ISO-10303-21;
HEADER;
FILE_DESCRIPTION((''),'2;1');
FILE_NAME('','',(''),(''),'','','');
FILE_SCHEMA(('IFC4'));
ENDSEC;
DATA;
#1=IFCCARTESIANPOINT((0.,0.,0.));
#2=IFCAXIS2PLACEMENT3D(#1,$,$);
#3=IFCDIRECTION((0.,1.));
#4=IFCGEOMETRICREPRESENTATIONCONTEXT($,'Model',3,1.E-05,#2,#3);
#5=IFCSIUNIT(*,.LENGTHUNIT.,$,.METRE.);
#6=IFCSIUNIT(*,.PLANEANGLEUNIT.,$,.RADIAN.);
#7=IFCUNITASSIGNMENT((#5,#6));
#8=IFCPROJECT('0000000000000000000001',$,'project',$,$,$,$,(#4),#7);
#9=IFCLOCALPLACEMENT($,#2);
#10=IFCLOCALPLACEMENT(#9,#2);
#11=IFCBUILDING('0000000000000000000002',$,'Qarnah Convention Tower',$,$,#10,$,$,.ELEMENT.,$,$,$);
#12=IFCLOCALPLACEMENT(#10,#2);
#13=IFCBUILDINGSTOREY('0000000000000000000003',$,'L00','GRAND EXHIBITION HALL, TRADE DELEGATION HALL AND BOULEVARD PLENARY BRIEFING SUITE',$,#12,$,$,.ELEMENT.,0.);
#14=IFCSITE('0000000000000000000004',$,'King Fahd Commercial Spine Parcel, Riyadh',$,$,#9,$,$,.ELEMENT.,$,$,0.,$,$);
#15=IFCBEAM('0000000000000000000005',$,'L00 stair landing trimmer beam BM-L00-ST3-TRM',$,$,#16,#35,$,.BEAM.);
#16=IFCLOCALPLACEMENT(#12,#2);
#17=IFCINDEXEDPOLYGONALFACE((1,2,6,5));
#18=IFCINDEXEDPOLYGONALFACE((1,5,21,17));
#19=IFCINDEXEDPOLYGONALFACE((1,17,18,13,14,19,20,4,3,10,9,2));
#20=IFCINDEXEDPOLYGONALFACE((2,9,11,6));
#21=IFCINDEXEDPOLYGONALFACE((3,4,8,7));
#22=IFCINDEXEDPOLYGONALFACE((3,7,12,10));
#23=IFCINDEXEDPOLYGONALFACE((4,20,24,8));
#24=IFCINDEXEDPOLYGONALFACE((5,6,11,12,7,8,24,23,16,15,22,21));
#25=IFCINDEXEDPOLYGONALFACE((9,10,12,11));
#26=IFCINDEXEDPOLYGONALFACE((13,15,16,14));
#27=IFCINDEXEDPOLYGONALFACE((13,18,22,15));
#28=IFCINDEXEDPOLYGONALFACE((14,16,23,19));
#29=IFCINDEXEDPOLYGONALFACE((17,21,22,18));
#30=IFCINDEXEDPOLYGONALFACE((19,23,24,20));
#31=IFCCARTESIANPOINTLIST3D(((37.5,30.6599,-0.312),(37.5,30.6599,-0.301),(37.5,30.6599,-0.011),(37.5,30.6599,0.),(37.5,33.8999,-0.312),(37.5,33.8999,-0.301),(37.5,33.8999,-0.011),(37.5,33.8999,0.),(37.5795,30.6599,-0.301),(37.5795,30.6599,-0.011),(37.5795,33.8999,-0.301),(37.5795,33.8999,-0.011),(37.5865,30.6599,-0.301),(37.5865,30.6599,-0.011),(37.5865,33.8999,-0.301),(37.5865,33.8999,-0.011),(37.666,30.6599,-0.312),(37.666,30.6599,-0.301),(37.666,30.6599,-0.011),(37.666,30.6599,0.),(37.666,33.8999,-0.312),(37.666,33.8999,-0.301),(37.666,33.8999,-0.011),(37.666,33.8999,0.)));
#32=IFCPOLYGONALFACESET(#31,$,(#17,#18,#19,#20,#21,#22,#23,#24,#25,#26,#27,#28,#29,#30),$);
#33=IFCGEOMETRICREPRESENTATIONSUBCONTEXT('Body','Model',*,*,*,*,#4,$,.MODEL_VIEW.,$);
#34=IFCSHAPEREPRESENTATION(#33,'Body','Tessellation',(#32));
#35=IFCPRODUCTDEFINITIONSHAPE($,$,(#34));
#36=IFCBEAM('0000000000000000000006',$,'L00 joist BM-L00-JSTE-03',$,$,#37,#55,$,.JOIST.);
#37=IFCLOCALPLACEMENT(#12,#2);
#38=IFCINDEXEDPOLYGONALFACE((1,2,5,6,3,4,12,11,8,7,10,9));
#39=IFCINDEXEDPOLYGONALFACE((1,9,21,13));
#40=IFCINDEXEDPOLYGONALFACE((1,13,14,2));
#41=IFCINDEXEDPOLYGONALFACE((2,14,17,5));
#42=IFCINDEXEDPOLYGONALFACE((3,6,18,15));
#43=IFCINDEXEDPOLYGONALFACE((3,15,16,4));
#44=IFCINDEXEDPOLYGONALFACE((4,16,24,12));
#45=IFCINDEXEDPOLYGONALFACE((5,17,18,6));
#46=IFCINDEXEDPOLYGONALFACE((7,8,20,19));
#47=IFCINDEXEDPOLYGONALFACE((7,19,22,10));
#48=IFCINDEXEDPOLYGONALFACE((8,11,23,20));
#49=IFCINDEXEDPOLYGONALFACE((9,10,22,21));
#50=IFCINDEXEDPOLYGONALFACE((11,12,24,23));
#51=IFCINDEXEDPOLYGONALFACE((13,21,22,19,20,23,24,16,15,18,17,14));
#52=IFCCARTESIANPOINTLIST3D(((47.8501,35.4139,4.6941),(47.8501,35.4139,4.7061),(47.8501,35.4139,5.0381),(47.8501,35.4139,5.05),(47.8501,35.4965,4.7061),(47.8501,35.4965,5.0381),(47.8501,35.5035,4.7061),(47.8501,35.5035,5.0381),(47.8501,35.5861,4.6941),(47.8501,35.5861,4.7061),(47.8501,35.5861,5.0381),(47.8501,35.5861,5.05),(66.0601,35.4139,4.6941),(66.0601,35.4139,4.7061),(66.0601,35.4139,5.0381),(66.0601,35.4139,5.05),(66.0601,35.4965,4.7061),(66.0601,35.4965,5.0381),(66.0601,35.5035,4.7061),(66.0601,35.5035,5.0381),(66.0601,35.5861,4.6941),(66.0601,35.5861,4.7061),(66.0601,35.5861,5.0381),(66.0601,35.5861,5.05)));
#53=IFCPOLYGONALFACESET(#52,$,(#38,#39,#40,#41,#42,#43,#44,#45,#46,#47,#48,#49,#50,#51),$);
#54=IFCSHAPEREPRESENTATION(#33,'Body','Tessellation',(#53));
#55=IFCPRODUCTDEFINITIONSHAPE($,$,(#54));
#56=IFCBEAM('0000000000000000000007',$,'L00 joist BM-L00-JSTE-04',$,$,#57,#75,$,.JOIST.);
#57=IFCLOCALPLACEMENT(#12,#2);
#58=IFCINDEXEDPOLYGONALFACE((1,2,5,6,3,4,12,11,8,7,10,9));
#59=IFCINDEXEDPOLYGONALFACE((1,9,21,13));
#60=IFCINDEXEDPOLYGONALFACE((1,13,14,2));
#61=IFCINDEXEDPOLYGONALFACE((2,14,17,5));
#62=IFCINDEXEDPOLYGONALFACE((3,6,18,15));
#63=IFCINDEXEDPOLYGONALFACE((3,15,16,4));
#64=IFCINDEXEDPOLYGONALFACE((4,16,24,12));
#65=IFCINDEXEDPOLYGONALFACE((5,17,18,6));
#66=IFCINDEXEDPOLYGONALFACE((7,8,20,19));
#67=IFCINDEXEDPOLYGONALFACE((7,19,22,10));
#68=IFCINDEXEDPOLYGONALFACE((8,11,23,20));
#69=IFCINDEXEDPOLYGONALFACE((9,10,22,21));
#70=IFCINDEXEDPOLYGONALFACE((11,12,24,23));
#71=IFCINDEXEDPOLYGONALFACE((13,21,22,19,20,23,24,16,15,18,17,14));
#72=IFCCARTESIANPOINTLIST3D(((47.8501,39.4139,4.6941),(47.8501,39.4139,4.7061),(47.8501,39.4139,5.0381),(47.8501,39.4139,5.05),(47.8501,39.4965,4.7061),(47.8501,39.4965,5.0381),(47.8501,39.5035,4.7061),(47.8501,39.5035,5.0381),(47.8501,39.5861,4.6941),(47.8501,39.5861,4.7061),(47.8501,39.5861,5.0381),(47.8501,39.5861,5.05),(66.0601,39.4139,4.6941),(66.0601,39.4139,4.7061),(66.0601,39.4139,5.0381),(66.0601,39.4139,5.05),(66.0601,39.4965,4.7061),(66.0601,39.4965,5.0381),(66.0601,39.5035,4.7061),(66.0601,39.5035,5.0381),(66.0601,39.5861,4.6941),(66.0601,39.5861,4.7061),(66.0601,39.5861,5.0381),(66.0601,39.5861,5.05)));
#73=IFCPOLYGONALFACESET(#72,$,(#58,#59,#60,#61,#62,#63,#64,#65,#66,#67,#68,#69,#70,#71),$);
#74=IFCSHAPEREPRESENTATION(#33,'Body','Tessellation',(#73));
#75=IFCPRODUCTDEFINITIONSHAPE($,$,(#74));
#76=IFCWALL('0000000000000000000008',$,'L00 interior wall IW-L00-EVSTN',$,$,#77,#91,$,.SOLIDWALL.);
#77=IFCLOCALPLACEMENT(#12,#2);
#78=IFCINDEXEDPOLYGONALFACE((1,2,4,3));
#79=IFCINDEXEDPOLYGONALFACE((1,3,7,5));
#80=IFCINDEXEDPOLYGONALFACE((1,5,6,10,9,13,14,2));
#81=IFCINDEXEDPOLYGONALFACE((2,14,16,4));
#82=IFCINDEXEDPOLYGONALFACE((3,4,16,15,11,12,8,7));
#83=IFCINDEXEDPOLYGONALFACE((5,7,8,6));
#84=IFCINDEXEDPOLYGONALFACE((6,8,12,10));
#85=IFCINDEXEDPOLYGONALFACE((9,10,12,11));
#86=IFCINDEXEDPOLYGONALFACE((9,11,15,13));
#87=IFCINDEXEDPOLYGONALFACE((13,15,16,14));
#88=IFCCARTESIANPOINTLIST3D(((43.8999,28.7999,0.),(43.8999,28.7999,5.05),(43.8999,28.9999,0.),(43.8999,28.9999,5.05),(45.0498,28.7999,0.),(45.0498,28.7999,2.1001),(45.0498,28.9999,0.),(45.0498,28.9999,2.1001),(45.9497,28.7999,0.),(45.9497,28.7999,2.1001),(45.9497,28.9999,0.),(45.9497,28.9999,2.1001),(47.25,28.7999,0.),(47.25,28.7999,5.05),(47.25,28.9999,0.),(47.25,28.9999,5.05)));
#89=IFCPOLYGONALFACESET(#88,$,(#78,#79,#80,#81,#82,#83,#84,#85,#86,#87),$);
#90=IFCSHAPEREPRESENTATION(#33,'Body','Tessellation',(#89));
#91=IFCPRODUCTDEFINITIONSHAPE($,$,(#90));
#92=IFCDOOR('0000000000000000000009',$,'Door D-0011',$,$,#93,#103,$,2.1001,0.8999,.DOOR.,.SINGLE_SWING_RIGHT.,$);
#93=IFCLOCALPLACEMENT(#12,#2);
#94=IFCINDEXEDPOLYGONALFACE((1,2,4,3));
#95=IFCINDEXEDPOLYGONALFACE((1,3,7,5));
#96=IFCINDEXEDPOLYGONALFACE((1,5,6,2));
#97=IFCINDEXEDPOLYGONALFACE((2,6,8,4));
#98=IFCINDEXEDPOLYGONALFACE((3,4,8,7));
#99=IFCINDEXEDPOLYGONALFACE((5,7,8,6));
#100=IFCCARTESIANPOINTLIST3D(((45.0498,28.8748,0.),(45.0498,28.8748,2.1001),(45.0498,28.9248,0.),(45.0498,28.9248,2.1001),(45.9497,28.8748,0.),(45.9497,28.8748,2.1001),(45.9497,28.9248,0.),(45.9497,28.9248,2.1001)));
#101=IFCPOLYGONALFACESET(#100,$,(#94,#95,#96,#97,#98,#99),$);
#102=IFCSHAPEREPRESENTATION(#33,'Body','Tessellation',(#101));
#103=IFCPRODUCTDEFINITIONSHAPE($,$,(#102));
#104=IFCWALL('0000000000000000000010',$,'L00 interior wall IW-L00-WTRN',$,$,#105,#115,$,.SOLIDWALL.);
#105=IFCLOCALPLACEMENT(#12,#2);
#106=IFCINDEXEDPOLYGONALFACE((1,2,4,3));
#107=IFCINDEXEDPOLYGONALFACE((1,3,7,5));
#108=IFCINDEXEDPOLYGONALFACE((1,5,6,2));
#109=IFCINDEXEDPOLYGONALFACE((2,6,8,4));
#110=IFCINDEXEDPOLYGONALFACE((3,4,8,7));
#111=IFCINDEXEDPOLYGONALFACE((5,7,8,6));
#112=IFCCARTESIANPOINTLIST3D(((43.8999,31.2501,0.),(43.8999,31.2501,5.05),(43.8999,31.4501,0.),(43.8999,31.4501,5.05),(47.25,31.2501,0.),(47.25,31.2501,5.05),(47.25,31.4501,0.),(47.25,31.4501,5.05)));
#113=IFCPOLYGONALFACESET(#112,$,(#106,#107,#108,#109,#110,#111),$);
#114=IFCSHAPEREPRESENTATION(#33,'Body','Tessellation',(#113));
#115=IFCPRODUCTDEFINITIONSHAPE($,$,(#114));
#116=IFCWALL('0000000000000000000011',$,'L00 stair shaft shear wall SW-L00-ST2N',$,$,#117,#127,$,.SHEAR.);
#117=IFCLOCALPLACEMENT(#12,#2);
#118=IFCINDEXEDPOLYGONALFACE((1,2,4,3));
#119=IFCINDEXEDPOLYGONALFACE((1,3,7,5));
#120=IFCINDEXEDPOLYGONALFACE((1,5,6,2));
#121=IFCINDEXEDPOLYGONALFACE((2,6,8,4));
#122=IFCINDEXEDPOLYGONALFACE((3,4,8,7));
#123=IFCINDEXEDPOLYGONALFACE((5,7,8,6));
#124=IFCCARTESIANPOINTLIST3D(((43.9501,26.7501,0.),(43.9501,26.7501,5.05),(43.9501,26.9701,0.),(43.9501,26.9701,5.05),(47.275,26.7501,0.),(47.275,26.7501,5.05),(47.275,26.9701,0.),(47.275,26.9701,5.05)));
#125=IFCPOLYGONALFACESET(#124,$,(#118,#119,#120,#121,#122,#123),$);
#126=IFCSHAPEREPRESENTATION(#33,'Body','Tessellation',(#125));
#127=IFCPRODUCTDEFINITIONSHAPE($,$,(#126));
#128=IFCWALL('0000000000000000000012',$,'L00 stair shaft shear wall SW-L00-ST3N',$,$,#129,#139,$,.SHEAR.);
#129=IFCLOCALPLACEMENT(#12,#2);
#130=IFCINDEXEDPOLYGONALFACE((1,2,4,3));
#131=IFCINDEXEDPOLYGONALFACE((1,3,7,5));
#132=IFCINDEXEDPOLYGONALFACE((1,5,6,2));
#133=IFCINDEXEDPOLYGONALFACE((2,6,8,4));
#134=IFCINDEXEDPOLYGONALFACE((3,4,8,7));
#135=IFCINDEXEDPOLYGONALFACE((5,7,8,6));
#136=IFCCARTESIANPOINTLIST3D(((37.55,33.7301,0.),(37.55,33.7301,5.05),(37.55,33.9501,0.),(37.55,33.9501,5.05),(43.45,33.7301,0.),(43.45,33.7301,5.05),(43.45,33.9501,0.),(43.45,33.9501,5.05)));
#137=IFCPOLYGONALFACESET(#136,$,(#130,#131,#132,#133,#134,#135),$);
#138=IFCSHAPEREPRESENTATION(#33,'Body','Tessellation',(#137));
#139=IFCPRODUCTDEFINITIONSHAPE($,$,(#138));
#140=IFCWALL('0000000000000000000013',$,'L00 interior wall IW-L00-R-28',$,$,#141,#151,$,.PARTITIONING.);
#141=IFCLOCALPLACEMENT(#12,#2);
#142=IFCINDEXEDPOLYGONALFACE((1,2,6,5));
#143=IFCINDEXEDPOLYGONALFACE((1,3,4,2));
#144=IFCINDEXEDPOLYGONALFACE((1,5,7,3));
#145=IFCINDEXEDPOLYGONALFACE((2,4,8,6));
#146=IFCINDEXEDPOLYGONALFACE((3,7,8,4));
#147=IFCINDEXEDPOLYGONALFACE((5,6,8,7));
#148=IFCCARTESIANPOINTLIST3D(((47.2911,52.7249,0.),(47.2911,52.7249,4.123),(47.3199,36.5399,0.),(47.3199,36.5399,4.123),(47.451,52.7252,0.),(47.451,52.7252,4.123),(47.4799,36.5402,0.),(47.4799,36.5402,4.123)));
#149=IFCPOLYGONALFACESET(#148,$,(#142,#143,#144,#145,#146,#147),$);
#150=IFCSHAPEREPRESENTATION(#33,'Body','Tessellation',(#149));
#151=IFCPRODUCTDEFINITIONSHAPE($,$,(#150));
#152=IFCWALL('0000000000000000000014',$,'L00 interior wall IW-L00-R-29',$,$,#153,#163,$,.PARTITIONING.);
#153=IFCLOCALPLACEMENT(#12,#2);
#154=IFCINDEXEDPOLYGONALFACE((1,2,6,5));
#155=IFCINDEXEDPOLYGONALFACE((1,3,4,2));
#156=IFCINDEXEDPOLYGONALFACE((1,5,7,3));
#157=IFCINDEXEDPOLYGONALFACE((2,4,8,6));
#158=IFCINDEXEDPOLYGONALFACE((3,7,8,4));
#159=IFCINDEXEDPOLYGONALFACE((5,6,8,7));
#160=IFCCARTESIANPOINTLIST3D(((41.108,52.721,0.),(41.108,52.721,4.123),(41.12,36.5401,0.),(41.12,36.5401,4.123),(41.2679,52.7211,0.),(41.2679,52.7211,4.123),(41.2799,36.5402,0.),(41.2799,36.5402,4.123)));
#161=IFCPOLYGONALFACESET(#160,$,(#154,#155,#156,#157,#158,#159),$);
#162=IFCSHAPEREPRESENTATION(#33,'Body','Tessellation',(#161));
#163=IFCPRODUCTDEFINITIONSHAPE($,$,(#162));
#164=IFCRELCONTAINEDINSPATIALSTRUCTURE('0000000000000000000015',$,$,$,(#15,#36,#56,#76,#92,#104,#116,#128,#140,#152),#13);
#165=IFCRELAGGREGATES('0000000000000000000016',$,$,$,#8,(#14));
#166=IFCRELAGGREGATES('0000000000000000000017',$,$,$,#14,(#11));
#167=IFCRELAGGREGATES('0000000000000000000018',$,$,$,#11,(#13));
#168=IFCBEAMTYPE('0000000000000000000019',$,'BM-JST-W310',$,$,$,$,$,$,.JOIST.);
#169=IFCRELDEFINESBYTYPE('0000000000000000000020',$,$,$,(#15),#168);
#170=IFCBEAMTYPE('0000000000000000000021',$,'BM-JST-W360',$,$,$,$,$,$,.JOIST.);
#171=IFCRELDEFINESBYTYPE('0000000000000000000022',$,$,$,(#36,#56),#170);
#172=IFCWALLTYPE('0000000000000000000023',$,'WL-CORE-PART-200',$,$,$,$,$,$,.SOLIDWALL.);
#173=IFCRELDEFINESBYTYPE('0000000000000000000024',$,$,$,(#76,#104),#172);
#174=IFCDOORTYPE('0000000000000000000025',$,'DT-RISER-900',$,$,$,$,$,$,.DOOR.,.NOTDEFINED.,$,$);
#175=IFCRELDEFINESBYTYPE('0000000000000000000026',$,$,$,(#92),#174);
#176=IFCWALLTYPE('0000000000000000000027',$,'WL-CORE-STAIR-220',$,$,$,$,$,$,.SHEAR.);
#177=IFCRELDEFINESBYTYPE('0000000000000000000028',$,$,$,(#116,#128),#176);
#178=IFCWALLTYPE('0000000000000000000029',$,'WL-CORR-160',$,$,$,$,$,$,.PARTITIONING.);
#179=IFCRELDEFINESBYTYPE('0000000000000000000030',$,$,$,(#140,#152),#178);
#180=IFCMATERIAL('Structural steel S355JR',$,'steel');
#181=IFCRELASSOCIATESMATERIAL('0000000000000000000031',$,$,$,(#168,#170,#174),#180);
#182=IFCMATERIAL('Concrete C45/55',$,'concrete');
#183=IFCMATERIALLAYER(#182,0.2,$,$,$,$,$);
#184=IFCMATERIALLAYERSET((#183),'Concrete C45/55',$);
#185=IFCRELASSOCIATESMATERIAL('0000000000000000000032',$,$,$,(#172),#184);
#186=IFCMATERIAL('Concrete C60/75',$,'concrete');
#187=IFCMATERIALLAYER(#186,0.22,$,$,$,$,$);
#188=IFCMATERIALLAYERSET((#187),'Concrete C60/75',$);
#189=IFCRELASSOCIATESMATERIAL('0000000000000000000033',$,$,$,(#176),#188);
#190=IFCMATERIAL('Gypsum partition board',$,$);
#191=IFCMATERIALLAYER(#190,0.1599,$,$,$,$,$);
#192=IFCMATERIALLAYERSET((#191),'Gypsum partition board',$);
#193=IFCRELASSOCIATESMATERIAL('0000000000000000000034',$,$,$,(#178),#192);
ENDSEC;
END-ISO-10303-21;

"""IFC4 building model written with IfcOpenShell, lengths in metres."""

from ifc_helpers import new_model, si_unit, direction, frame, frame_2d, origin, origin_2d, place, context, subcontext, project, spatial, rectangle, i_section, extrude, material, layer, layer_set, material_profile, profile_set, type_object, element, fill, save


model = new_model("IFC4")

# Units and contexts
model_context = context("Model", 3, precision=1e-05, world=origin(), true_north=direction((0.0, 1.0)))
body_context = subcontext(model_context, "Body", "Model", "MODEL_VIEW")
ifc_project = project(units=[si_unit("LENGTHUNIT", "METRE"), si_unit("PLANEANGLEUNIT", "RADIAN")], contexts=[model_context])

# Site, building, storey
site_placement = place(None, origin())
site = spatial("IfcSite", under=ifc_project, at=site_placement, Name="King Fahd Commercial Spine Parcel, Riyadh", CompositionType="ELEMENT", RefElevation=0.0)
building_placement = place(site_placement, origin())
building = spatial("IfcBuilding", under=site, at=building_placement, Name="Qarnah Convention Tower", CompositionType="ELEMENT")
storey_placement = place(building_placement, origin())
storey = spatial("IfcBuildingStorey", under=building, at=storey_placement, Name="L00", Description="GRAND EXHIBITION HALL, TRADE DELEGATION HALL AND BOULEVARD PLENARY BRIEFING SUITE", CompositionType="ELEMENT", Elevation=0.0)

# Beams
ifc_material_1 = material(Name="Structural steel S355JR", Category="steel")
ifc_material_profile_1 = material_profile(ifc_material_1, i_section(OverallWidth=0.166, OverallDepth=0.312, WebThickness=0.0071, FlangeThickness=0.011, at=origin_2d()), Name="W310X45")
ifc_profile_set_1 = profile_set([ifc_material_profile_1], Name="Structural steel S355JR")
beam_type_1 = type_object("IfcBeamType", Name="BM-JST-W310", PredefinedType="JOIST", material=ifc_profile_set_1)
beam_placement = place(storey_placement, frame((37.583, 30.6599, -0.156), z_axis=(0.0, 1.0, 0.0), x_axis=(-1.0, 0.0, 0.0)))
element("IfcBeam", 1, at=beam_placement, inside=storey, type_object=beam_type_1, Name="L00 stair landing trimmer beam BM-L00-ST3-TRM", PredefinedType="BEAM", context=body_context, shape_type="SweptSolid", body=[
    extrude(i_section(OverallWidth=0.166, OverallDepth=0.312, WebThickness=0.0071, FlangeThickness=0.011, at=origin_2d()), origin(), (0.0, 0.0, 1.0), 3.24),
])
ifc_material_profile_2 = material_profile(ifc_material_1, i_section(OverallWidth=0.1721, OverallDepth=0.356, WebThickness=0.0071, FlangeThickness=0.012, at=origin_2d()), Name="W360X51")
ifc_profile_set_2 = profile_set([ifc_material_profile_2], Name="Structural steel S355JR")
beam_type_2 = type_object("IfcBeamType", Name="BM-JST-W360", PredefinedType="JOIST", material=ifc_profile_set_2)
for number, where, z_axis, x_axis, name in (
    (2, (47.8501, 35.5, 4.8721), (1.0, 0.0, 0.0), (0.0, 1.0, 0.0), "L00 joist BM-L00-JSTE-03"),
    (3, (47.8501, 39.5, 4.8721), (1.0, 0.0, 0.0), (0.0, 1.0, 0.0), "L00 joist BM-L00-JSTE-04"),
):
    element("IfcBeam", number, at=place(storey_placement, frame(where, z_axis=z_axis, x_axis=x_axis)), inside=storey, type_object=beam_type_2, Name=name, PredefinedType="JOIST", context=body_context, shape_type="SweptSolid", body=[
        extrude(i_section(OverallWidth=0.1721, OverallDepth=0.356, WebThickness=0.0071, FlangeThickness=0.012, at=origin_2d()), origin(), (0.0, 0.0, 1.0), 18.21),
    ])

# Wall, opening, door
ifc_material_2 = material(Name="Concrete C45/55", Category="concrete")
ifc_layer_1 = layer(ifc_material_2, 0.2)
ifc_layer_set_1 = layer_set([ifc_layer_1], Name="Concrete C45/55")
wall_type_1 = type_object("IfcWallType", Name="WL-CORE-PART-200", PredefinedType="SOLIDWALL", material=ifc_layer_set_1)
wall_1_placement = place(storey_placement, frame((43.8999, 28.8999, 0.0), z_axis=(0.0, 0.0, 1.0), x_axis=(1.0, 0.0, 0.0)))
wall_1 = element("IfcWall", 4, at=wall_1_placement, inside=storey, type_object=wall_type_1, Name="L00 interior wall IW-L00-EVSTN", PredefinedType="SOLIDWALL", context=body_context, shape_type="SweptSolid", body=[
    extrude(rectangle(XDim=3.3501, YDim=0.2, at=frame_2d((1.675, 0.0))), origin(), (0.0, 0.0, 1.0), 5.05),
])
opening_1_placement = place(wall_1_placement, frame((1.1499, 0.0, 0.0)))
opening_1 = element("IfcOpeningElement", 5, at=opening_1_placement, cuts=wall_1, PredefinedType="OPENING", context=body_context, shape_type="SweptSolid", body=[
    extrude(rectangle(XDim=0.8999, YDim=2.1001, at=frame_2d((0.45, 1.05))), frame((0.0, 0.1099, 0.0), z_axis=(0.0, -1.0, 0.0), x_axis=(1.0, 0.0, 0.0)), (0.0, 0.0, 1.0), 0.22),
])
door_type_1 = type_object("IfcDoorType", Name="DT-RISER-900", OperationType="NOTDEFINED", PredefinedType="DOOR", material=ifc_material_1)
door_1_placement = place(opening_1_placement, origin())
door_1 = element("IfcDoor", 6, at=door_1_placement, inside=storey, type_object=door_type_1, Name="Door D-0011", OperationType="SINGLE_SWING_RIGHT", OverallHeight=2.1001, OverallWidth=0.8999, PredefinedType="DOOR", context=body_context, shape_type="SweptSolid", body=[
    extrude(rectangle(XDim=0.8999, YDim=2.1001, at=frame_2d((0.45, 1.05))), frame((0.0, 0.0249, 0.0), z_axis=(0.0, -1.0, 0.0), x_axis=(1.0, 0.0, 0.0)), (0.0, 0.0, 1.0), 0.05),
])
fill(opening_1, door_1)

# Walls
wall_2_placement = place(storey_placement, frame((43.8999, 31.3501, 0.0), z_axis=(0.0, 0.0, 1.0), x_axis=(1.0, 0.0, 0.0)))
element("IfcWall", 7, at=wall_2_placement, inside=storey, type_object=wall_type_1, Name="L00 interior wall IW-L00-WTRN", PredefinedType="SOLIDWALL", context=body_context, shape_type="SweptSolid", body=[
    extrude(rectangle(XDim=3.3501, YDim=0.2, at=frame_2d((1.675, 0.0))), origin(), (0.0, 0.0, 1.0), 5.05),
])
ifc_material_3 = material(Name="Concrete C60/75", Category="concrete")
ifc_layer_2 = layer(ifc_material_3, 0.22)
ifc_layer_set_2 = layer_set([ifc_layer_2], Name="Concrete C60/75")
wall_type_2 = type_object("IfcWallType", Name="WL-CORE-STAIR-220", PredefinedType="SHEAR", material=ifc_layer_set_2)
wall_3_placement = place(storey_placement, frame((43.95, 26.8601, 0.0), z_axis=(0.0, 0.0, 1.0), x_axis=(1.0, 0.0, 0.0)))
element("IfcWall", 8, at=wall_3_placement, inside=storey, type_object=wall_type_2, Name="L00 stair shaft shear wall SW-L00-ST2N", PredefinedType="SHEAR", context=body_context, shape_type="SweptSolid", body=[
    extrude(rectangle(XDim=3.325, YDim=0.22, at=frame_2d((1.6626, 0.0))), origin(), (0.0, 0.0, 1.0), 5.05),
])
wall_4_placement = place(storey_placement, frame((37.55, 33.8401, 0.0), z_axis=(0.0, 0.0, 1.0), x_axis=(1.0, 0.0, 0.0)))
element("IfcWall", 9, at=wall_4_placement, inside=storey, type_object=wall_type_2, Name="L00 stair shaft shear wall SW-L00-ST3N", PredefinedType="SHEAR", context=body_context, shape_type="SweptSolid", body=[
    extrude(rectangle(XDim=5.8999, YDim=0.22, at=frame_2d((2.95, 0.0))), origin(), (0.0, 0.0, 1.0), 5.05),
])
ifc_material_4 = material(Name="Gypsum partition board")
ifc_layer_3 = layer(ifc_material_4, 0.1599)
ifc_layer_set_3 = layer_set([ifc_layer_3], Name="Gypsum partition board")
wall_type_3 = type_object("IfcWallType", Name="WL-CORR-160", PredefinedType="PARTITIONING", material=ifc_layer_set_3)
wall_5_placement = place(storey_placement, frame((47.3999, 36.54, 0.0), z_axis=(0.0, 0.0, 1.0), x_axis=(-0.00178, 0.999998, 0.0)))
element("IfcWall", 10, at=wall_5_placement, inside=storey, type_object=wall_type_3, Name="L00 interior wall IW-L00-R-28", PredefinedType="PARTITIONING", context=body_context, shape_type="SweptSolid", body=[
    extrude(rectangle(XDim=16.1851, YDim=0.1599, at=frame_2d((8.0925, 0.0))), origin(), (0.0, 0.0, 1.0), 4.123),
])
wall_6_placement = place(storey_placement, frame((41.188, 52.7209, 0.0), z_axis=(0.0, 0.0, 1.0), x_axis=(0.000739, -1.0, 0.0)))
element("IfcWall", 11, at=wall_6_placement, inside=storey, type_object=wall_type_3, Name="L00 interior wall IW-L00-R-29", PredefinedType="PARTITIONING", context=body_context, shape_type="SweptSolid", body=[
    extrude(rectangle(XDim=16.1809, YDim=0.1599, at=frame_2d((8.0903, 0.0))), origin(), (0.0, 0.0, 1.0), 4.123),
])

save(model, "model.ifc")
